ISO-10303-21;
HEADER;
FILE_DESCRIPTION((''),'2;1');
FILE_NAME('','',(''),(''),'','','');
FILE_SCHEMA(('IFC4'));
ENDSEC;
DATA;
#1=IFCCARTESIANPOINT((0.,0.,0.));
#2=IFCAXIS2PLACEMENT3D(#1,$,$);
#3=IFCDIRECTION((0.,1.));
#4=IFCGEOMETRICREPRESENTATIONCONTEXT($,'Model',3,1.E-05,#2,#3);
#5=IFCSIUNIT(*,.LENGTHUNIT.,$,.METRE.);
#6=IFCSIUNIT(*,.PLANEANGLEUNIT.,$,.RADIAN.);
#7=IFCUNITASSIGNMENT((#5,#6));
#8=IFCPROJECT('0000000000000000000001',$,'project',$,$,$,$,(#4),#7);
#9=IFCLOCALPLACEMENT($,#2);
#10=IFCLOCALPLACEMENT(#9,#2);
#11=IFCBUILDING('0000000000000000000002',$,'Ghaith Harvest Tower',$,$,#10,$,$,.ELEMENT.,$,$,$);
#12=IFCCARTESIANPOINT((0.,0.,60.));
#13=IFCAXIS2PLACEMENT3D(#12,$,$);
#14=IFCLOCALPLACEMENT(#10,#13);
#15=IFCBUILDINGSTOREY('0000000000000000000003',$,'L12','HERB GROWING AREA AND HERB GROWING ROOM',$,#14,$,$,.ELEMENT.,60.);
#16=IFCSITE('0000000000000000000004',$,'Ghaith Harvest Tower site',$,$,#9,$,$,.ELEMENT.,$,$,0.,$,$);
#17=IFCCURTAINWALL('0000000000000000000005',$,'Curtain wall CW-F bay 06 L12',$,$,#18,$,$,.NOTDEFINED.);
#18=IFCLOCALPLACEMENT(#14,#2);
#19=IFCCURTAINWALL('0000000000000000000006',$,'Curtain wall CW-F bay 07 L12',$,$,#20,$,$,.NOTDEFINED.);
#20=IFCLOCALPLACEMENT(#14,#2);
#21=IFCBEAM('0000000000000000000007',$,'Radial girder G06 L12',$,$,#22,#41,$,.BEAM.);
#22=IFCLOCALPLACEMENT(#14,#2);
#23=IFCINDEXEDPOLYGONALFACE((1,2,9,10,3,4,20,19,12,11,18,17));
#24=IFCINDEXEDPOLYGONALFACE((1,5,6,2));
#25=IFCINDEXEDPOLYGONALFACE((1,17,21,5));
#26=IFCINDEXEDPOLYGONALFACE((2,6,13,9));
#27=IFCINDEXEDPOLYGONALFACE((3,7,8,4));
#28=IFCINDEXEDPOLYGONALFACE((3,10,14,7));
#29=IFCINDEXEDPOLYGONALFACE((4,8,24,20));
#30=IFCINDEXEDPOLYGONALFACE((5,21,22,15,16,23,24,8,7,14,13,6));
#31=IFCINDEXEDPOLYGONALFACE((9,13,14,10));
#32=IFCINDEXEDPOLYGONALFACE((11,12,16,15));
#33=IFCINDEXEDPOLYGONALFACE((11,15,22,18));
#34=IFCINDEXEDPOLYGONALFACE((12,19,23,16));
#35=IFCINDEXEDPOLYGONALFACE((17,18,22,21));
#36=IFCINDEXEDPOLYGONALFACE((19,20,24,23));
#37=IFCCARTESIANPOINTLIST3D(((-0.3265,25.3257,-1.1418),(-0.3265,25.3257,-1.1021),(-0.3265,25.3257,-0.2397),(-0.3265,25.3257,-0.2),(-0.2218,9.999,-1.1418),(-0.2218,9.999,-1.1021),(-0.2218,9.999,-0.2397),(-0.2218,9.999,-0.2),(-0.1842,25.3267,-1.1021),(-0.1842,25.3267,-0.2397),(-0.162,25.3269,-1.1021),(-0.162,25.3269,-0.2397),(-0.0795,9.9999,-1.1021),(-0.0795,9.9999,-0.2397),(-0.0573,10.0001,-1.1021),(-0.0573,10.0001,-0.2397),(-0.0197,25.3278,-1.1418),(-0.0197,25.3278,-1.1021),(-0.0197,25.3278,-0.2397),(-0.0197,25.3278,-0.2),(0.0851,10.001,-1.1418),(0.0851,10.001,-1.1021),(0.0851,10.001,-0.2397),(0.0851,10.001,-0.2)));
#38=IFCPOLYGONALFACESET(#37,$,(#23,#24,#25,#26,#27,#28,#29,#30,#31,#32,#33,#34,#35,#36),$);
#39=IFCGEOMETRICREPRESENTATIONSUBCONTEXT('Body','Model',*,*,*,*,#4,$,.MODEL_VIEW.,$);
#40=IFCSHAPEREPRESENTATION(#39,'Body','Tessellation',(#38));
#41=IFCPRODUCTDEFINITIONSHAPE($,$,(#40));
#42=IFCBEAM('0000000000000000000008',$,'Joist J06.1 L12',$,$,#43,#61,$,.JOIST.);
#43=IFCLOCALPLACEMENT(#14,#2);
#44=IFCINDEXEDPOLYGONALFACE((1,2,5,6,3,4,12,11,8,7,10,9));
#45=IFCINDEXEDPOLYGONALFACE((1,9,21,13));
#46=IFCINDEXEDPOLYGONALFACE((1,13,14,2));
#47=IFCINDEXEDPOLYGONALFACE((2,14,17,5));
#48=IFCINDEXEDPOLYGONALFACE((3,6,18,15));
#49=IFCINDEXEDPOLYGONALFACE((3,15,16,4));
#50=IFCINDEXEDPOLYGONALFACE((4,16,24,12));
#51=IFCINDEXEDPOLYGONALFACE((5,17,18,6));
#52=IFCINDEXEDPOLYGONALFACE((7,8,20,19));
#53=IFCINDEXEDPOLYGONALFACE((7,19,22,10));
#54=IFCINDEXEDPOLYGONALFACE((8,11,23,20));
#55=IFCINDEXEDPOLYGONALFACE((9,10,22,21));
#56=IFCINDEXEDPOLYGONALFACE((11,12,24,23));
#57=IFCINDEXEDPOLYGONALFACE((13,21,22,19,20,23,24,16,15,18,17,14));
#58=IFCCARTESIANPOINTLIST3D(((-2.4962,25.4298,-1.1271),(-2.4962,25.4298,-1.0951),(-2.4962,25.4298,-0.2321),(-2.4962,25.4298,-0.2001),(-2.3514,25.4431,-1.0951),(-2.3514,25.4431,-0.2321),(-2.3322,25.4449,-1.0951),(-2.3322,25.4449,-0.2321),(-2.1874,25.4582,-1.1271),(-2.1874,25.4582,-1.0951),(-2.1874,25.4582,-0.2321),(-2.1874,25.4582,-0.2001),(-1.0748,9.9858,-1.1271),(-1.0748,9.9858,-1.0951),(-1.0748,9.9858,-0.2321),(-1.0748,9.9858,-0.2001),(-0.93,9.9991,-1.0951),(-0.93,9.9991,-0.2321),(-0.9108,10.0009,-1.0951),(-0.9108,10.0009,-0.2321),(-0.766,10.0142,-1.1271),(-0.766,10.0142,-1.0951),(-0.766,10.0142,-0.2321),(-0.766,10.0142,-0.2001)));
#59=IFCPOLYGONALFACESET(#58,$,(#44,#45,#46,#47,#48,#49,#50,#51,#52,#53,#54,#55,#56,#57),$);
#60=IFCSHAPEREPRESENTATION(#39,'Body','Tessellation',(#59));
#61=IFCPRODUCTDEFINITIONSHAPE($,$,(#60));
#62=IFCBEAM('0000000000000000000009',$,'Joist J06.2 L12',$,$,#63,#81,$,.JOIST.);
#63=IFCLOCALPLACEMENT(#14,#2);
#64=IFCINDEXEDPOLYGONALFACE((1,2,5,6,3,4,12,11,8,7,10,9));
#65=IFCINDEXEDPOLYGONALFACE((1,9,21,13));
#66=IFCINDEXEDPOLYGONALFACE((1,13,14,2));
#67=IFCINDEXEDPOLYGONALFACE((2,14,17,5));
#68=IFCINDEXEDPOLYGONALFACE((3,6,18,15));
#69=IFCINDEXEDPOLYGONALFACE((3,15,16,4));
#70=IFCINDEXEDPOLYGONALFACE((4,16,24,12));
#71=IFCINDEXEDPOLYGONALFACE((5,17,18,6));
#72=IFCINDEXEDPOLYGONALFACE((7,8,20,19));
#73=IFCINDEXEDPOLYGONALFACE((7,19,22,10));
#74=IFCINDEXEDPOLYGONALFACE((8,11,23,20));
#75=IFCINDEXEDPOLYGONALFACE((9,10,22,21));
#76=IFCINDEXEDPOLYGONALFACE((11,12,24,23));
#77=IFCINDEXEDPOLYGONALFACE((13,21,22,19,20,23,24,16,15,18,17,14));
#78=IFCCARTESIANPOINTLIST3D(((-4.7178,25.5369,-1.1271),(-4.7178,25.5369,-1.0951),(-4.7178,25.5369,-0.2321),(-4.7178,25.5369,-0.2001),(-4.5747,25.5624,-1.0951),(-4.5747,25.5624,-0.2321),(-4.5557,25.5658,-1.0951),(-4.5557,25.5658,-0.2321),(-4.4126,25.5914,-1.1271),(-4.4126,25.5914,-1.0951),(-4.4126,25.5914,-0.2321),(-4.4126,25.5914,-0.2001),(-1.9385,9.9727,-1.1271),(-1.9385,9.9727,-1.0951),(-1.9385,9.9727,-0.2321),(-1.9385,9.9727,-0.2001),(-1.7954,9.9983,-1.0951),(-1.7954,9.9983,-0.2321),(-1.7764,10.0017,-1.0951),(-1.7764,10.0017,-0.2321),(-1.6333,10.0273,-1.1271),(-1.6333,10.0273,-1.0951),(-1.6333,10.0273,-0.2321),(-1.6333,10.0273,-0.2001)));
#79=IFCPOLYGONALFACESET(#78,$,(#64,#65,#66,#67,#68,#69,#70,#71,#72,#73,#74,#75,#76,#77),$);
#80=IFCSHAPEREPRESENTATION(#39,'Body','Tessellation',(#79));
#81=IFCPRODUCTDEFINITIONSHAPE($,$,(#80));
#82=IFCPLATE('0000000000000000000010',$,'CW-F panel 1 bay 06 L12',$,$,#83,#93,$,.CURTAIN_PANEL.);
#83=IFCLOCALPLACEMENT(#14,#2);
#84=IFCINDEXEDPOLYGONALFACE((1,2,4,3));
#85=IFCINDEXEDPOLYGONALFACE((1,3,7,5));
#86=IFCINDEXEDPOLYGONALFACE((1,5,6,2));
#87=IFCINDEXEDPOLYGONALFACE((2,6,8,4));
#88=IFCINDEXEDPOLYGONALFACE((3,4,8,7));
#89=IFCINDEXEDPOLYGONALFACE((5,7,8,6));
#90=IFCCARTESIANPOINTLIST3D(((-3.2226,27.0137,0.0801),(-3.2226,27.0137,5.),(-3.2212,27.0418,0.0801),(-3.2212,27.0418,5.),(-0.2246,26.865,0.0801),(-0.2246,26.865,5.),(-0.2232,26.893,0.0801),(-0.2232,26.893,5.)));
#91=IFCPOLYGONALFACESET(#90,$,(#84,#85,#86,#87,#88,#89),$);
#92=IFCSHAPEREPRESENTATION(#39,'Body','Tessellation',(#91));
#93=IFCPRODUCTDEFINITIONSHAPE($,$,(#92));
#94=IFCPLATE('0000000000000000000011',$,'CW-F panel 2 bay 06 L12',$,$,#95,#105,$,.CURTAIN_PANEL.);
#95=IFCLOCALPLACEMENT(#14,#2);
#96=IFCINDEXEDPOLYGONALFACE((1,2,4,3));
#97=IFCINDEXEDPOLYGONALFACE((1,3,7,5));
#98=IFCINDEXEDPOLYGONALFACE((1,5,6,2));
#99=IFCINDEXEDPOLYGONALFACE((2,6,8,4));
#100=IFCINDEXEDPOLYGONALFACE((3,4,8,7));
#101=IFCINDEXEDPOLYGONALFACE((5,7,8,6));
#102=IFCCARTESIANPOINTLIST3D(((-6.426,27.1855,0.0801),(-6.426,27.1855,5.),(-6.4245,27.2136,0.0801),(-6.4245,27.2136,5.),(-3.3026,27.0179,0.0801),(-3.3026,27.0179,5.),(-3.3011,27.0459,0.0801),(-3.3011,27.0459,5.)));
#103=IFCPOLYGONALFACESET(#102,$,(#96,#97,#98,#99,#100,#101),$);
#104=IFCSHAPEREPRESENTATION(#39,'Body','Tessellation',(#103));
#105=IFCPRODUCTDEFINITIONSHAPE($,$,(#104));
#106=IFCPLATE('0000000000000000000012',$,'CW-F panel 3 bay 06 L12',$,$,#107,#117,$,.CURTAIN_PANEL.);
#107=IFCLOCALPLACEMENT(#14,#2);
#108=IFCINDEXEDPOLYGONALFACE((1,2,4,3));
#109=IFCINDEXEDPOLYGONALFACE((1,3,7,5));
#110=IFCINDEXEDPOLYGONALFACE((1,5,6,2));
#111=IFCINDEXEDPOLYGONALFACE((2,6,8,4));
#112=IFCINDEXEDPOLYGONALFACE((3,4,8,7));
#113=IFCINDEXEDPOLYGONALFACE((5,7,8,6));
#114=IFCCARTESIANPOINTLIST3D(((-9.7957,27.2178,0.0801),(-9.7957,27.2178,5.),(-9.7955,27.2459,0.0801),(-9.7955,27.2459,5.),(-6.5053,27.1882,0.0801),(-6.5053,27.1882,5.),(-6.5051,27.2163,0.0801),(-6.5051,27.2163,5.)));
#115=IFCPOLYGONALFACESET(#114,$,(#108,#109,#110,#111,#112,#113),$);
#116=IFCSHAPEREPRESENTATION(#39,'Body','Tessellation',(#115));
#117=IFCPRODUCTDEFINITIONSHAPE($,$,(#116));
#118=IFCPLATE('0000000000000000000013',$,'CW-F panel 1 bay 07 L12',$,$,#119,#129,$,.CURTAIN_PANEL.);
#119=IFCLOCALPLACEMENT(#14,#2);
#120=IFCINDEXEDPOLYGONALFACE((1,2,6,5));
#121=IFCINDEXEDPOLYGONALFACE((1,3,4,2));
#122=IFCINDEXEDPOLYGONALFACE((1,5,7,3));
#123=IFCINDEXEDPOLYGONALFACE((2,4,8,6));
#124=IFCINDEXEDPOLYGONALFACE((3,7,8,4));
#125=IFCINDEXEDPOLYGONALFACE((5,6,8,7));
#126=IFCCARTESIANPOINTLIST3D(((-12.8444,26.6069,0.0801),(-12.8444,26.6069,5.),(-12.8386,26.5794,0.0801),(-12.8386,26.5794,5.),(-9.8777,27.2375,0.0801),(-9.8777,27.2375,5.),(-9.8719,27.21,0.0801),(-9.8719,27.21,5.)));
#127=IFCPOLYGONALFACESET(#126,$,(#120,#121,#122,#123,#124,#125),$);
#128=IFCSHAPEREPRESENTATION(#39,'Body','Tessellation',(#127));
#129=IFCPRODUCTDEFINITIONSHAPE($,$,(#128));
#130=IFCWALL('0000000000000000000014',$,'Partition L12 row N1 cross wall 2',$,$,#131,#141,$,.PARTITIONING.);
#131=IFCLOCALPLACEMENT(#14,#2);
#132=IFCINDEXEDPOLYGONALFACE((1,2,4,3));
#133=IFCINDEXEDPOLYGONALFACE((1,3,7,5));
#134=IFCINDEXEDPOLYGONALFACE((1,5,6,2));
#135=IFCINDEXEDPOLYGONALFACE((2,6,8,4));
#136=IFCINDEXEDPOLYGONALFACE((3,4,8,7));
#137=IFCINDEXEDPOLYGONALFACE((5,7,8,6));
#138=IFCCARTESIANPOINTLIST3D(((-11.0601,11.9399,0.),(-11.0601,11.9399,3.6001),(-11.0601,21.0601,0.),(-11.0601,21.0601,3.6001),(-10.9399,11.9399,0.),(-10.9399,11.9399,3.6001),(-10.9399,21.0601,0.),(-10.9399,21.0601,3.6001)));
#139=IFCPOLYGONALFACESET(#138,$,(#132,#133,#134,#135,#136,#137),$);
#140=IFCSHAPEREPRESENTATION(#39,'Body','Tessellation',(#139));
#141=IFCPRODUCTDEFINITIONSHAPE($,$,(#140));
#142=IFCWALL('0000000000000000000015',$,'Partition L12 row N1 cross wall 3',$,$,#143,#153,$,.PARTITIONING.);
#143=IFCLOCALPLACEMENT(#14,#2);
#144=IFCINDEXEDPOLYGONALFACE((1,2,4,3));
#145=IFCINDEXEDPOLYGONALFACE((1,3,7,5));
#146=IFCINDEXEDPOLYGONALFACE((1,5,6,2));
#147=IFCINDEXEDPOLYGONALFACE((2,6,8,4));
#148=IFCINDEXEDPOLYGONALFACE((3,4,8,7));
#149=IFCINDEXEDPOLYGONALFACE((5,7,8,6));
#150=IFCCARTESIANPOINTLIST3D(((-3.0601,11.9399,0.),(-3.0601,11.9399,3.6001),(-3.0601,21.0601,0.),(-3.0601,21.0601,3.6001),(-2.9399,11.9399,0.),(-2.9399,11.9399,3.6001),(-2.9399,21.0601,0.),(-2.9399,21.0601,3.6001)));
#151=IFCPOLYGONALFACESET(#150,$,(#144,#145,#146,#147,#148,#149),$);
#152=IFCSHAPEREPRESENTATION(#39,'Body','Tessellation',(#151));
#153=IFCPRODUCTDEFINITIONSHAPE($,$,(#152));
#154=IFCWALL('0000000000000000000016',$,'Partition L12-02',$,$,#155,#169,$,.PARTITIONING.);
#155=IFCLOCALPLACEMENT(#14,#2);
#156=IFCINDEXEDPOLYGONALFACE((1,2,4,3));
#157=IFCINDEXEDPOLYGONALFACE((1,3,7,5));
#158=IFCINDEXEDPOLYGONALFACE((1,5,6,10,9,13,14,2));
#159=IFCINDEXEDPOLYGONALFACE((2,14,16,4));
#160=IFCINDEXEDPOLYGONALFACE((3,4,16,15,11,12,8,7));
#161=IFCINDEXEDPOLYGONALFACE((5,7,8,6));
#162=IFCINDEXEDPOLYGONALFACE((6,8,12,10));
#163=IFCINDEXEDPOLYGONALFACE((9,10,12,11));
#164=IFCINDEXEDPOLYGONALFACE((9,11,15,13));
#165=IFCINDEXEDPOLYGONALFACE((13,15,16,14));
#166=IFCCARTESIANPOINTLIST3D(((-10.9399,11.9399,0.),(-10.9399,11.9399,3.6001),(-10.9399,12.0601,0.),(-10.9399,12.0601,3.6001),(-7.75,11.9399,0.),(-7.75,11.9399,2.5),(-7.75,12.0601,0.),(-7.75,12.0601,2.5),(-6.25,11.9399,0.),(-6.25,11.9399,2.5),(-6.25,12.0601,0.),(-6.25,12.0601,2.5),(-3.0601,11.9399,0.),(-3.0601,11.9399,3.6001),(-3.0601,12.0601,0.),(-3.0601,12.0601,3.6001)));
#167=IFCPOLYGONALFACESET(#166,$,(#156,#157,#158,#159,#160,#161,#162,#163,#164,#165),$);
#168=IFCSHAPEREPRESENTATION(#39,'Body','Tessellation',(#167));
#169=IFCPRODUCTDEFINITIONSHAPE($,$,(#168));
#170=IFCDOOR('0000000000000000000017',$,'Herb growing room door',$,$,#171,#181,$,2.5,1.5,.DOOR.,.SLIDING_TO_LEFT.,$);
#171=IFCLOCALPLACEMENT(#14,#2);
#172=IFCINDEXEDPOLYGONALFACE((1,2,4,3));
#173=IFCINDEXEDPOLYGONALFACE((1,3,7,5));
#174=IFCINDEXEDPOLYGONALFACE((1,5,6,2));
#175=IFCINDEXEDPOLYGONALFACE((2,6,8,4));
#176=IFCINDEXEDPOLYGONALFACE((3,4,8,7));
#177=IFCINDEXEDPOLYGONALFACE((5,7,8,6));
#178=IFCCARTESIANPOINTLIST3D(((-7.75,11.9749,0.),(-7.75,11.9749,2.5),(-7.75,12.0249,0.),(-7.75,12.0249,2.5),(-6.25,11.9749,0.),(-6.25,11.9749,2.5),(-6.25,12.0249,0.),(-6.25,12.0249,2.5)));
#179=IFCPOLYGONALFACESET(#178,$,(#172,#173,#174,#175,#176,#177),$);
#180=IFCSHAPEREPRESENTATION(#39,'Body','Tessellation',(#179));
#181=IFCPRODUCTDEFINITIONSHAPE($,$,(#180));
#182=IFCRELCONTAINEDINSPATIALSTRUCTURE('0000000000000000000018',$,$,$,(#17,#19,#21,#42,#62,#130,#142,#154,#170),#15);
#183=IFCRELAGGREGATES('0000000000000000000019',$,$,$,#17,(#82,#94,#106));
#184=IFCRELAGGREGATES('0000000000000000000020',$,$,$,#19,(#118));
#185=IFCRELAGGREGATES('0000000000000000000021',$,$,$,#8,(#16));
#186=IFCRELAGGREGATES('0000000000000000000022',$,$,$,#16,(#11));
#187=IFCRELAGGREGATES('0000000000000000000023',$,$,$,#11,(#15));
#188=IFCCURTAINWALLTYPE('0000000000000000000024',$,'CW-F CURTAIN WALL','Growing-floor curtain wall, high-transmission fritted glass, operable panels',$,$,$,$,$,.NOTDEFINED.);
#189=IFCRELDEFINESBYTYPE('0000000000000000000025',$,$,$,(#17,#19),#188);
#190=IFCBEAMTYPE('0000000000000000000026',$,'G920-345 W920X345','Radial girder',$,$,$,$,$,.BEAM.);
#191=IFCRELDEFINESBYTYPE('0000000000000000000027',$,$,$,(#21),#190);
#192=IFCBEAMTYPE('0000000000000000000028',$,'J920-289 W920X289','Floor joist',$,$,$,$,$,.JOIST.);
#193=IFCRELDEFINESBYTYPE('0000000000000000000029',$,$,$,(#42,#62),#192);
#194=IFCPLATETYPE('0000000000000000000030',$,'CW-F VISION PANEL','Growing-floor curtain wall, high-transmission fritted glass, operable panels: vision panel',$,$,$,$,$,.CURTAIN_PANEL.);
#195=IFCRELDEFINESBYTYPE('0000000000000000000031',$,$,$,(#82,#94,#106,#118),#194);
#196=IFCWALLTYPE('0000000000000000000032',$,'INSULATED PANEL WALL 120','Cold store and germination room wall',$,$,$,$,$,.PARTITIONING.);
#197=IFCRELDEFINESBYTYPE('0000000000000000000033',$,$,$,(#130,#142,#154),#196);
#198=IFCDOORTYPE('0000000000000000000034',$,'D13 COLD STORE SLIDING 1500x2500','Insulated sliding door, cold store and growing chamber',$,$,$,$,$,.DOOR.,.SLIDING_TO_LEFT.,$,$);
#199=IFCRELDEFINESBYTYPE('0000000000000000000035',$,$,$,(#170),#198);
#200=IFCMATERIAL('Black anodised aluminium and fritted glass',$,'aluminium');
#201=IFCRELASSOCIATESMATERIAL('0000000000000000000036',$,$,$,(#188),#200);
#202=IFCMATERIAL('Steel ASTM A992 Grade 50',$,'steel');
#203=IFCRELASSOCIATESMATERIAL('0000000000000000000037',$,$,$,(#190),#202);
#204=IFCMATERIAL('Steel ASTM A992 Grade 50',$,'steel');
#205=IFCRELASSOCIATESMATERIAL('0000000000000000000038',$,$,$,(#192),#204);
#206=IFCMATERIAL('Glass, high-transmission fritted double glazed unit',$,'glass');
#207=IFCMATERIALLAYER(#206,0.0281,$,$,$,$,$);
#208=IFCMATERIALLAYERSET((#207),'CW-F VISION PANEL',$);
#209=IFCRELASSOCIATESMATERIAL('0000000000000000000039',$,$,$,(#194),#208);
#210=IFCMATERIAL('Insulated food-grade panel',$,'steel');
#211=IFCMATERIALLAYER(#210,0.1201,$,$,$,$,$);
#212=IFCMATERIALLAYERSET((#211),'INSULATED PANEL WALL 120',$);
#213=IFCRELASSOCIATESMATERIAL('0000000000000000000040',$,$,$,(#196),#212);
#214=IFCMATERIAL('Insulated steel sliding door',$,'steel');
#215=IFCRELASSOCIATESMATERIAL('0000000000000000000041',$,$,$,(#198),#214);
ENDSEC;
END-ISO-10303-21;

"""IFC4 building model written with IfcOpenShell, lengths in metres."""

from ifc_helpers import new_model, si_unit, direction, frame, frame_2d, origin, origin_2d, place, context, subcontext, project, spatial, rectangle, i_section, extrude, material, layer, layer_set, material_profile, profile_set, type_object, element, fill, aggregate, save


model = new_model("IFC4")

# Units and contexts
model_context = context("Model", 3, precision=1e-05, world=origin(), true_north=direction((0.0, 1.0)))
body_context = subcontext(model_context, "Body", "Model", "MODEL_VIEW")
ifc_project = project(units=[si_unit("LENGTHUNIT", "METRE"), si_unit("PLANEANGLEUNIT", "RADIAN")], contexts=[model_context])

# Site, building, storey
site_placement = place(None, origin())
site = spatial("IfcSite", under=ifc_project, at=site_placement, Name="Ghaith Harvest Tower site", CompositionType="ELEMENT", RefElevation=0.0)
building_placement = place(site_placement, origin())
building = spatial("IfcBuilding", under=site, at=building_placement, Name="Ghaith Harvest Tower", CompositionType="ELEMENT")
storey_placement = place(building_placement, frame((0.0, 0.0, 60.0)))
storey = spatial("IfcBuildingStorey", under=building, at=storey_placement, Name="L12", Description="HERB GROWING AREA AND HERB GROWING ROOM", CompositionType="ELEMENT", Elevation=60.0)

# Curtain walls
ifc_material_1 = material(Name="Black anodised aluminium and fritted glass", Category="aluminium")
curtain_wall_type = type_object("IfcCurtainWallType", Name="CW-F CURTAIN WALL", Description="Growing-floor curtain wall, high-transmission fritted glass, operable panels", PredefinedType="NOTDEFINED", material=ifc_material_1)
curtain_wall_1_placement = place(storey_placement, origin())
curtain_wall_1 = element("IfcCurtainWall", 1, at=curtain_wall_1_placement, inside=storey, type_object=curtain_wall_type, Name="Curtain wall CW-F bay 06 L12", PredefinedType="NOTDEFINED")
curtain_wall_2_placement = place(storey_placement, origin())
curtain_wall_2 = element("IfcCurtainWall", 2, at=curtain_wall_2_placement, inside=storey, type_object=curtain_wall_type, Name="Curtain wall CW-F bay 07 L12", PredefinedType="NOTDEFINED")

# Beams
ifc_material_2 = material(Name="Steel ASTM A992 Grade 50", Category="steel")
ifc_material_profile_1 = material_profile(ifc_material_2, i_section(OverallWidth=0.3069, OverallDepth=0.9419, WebThickness=0.0222, FlangeThickness=0.0398, at=origin_2d()), Name="W920X345")
ifc_profile_set_1 = profile_set([ifc_material_profile_1], Name="Steel ASTM A992 Grade 50")
beam_type_1 = type_object("IfcBeamType", Name="G920-345 W920X345", Description="Radial girder", PredefinedType="BEAM", material=ifc_profile_set_1)
beam_1_placement = place(storey_placement, frame((-0.0684, 10.0, -0.6709), z_axis=(-0.006833, 0.999977, 0.0), x_axis=(-0.999977, -0.006833, 0.0)))
element("IfcBeam", 3, at=beam_1_placement, inside=storey, type_object=beam_type_1, Name="Radial girder G06 L12", PredefinedType="BEAM", context=body_context, shape_type="SweptSolid", body=[
    extrude(i_section(OverallWidth=0.3069, OverallDepth=0.9419, WebThickness=0.0222, FlangeThickness=0.0398, at=origin_2d()), origin(), (0.0, 0.0, 1.0), 15.3271),
])
ifc_material_3 = material(Name="Steel ASTM A992 Grade 50", Category="steel")
ifc_material_profile_2 = material_profile(ifc_material_3, i_section(OverallWidth=0.3101, OverallDepth=0.927, WebThickness=0.0193, FlangeThickness=0.032, at=origin_2d()), Name="W920X289")
ifc_profile_set_2 = profile_set([ifc_material_profile_2], Name="Steel ASTM A992 Grade 50")
beam_type_2 = type_object("IfcBeamType", Name="J920-289 W920X289", Description="Floor joist", PredefinedType="JOIST", material=ifc_profile_set_2)
beam_2_placement = place(storey_placement, frame((-0.9204, 10.0, -0.6636), z_axis=(-0.091647, 0.995792, 0.0), x_axis=(-0.995792, -0.091647, 0.0)))
element("IfcBeam", 4, at=beam_2_placement, inside=storey, type_object=beam_type_2, Name="Joist J06.1 L12", PredefinedType="JOIST", context=body_context, shape_type="SweptSolid", body=[
    extrude(i_section(OverallWidth=0.3101, OverallDepth=0.927, WebThickness=0.0193, FlangeThickness=0.032, at=origin_2d()), origin(), (0.0, 0.0, 1.0), 15.5093),
])
beam_3_placement = place(storey_placement, frame((-1.7859, 10.0, -0.6636), z_axis=(-0.175789, 0.984428, 0.0), x_axis=(-0.984428, -0.175789, 0.0)))
element("IfcBeam", 5, at=beam_3_placement, inside=storey, type_object=beam_type_2, Name="Joist J06.2 L12", PredefinedType="JOIST", context=body_context, shape_type="SweptSolid", body=[
    extrude(i_section(OverallWidth=0.3101, OverallDepth=0.927, WebThickness=0.0193, FlangeThickness=0.032, at=origin_2d()), origin(), (0.0, 0.0, 1.0), 15.8103),
])

# Plates
ifc_material_4 = material(Name="Glass, high-transmission fritted double glazed unit", Category="glass")
ifc_layer_1 = layer(ifc_material_4, 0.0281)
ifc_layer_set_1 = layer_set([ifc_layer_1], Name="CW-F VISION PANEL")
plate_type = type_object("IfcPlateType", Name="CW-F VISION PANEL", Description="Growing-floor curtain wall, high-transmission fritted glass, operable panels: vision panel", PredefinedType="CURTAIN_PANEL", material=ifc_layer_set_1)
plate_1_placement = place(storey_placement, frame((-1.7229, 26.9534, 0.0801), z_axis=(0.0, 0.0, 1.0), x_axis=(-0.998771, 0.049554, 0.0)))
plate_1 = element("IfcPlate", 6, at=plate_1_placement, type_object=plate_type, Name="CW-F panel 1 bay 06 L12", PredefinedType="CURTAIN_PANEL", context=body_context, shape_type="SweptSolid", body=[
    extrude(rectangle(XDim=3.0017, YDim=0.0281, at=origin_2d()), origin(), (0.0, 0.0, 1.0), 4.9199),
])
plate_2_placement = place(storey_placement, frame((-4.8635, 27.1157, 0.0801), z_axis=(0.0, 0.0, 1.0), x_axis=(-0.998563, 0.0536, 0.0)))
plate_2 = element("IfcPlate", 7, at=plate_2_placement, type_object=plate_type, Name="CW-F panel 2 bay 06 L12", PredefinedType="CURTAIN_PANEL", context=body_context, shape_type="SweptSolid", body=[
    extrude(rectangle(XDim=3.1279, YDim=0.0281, at=origin_2d()), origin(), (0.0, 0.0, 1.0), 4.9199),
])
plate_3_placement = place(storey_placement, frame((-8.1504, 27.217, 0.0801), z_axis=(0.0, 0.0, 1.0), x_axis=(-0.99996, 0.008988, 0.0)))
plate_3 = element("IfcPlate", 8, at=plate_3_placement, type_object=plate_type, Name="CW-F panel 3 bay 06 L12", PredefinedType="CURTAIN_PANEL", context=body_context, shape_type="SweptSolid", body=[
    extrude(rectangle(XDim=3.2905, YDim=0.0281, at=origin_2d()), origin(), (0.0, 0.0, 1.0), 4.9199),
])
aggregate(curtain_wall_1, [plate_1, plate_2, plate_3])
plate_4_placement = place(storey_placement, frame((-11.3582, 26.9084, 0.0801), z_axis=(0.0, 0.0, 1.0), x_axis=(-0.978149, -0.207904, 0.0)))
plate_4 = element("IfcPlate", 9, at=plate_4_placement, type_object=plate_type, Name="CW-F panel 1 bay 07 L12", PredefinedType="CURTAIN_PANEL", context=body_context, shape_type="SweptSolid", body=[
    extrude(rectangle(XDim=3.033, YDim=0.0281, at=origin_2d()), origin(), (0.0, 0.0, 1.0), 4.9199),
])
aggregate(curtain_wall_2, [plate_4])

# Walls
ifc_material_5 = material(Name="Insulated food-grade panel", Category="steel")
ifc_layer_2 = layer(ifc_material_5, 0.1201)
ifc_layer_set_2 = layer_set([ifc_layer_2], Name="INSULATED PANEL WALL 120")
wall_type = type_object("IfcWallType", Name="INSULATED PANEL WALL 120", Description="Cold store and germination room wall", PredefinedType="PARTITIONING", material=ifc_layer_set_2)
for number, where, z_axis, x_axis, name in (
    (10, (-11.0, 11.9399, 0.0), (0.0, 0.0, 1.0), (0.0, 1.0, 0.0), "Partition L12 row N1 cross wall 2"),
    (11, (-3.0, 11.9399, 0.0), (0.0, 0.0, 1.0), (0.0, 1.0, 0.0), "Partition L12 row N1 cross wall 3"),
):
    element("IfcWall", number, at=place(storey_placement, frame(where, z_axis=z_axis, x_axis=x_axis)), inside=storey, type_object=wall_type, Name=name, PredefinedType="PARTITIONING", context=body_context, shape_type="SweptSolid", body=[
        extrude(rectangle(XDim=9.1201, YDim=0.1201, at=frame_2d((4.5601, 0.0))), origin(), (0.0, 0.0, 1.0), 3.6001),
    ])

# Wall, opening, door
wall_1_placement = place(storey_placement, frame((-10.9399, 12.0, 0.0), z_axis=(0.0, 0.0, 1.0), x_axis=(1.0, 0.0, 0.0)))
wall_1 = element("IfcWall", 12, at=wall_1_placement, inside=storey, type_object=wall_type, Name="Partition L12-02", PredefinedType="PARTITIONING", context=body_context, shape_type="SweptSolid", body=[
    extrude(rectangle(XDim=7.8799, YDim=0.1201, at=frame_2d((3.9399, 0.0))), origin(), (0.0, 0.0, 1.0), 3.6001),
])
opening_1_placement = place(wall_1_placement, frame((3.1899, 0.0, 0.0)))
opening_1 = element("IfcOpeningElement", 13, at=opening_1_placement, cuts=wall_1, PredefinedType="OPENING", context=body_context, shape_type="SweptSolid", body=[
    extrude(rectangle(XDim=1.5, YDim=2.5, at=frame_2d((0.75, 1.25))), frame((0.0, 0.0701, 0.0), z_axis=(0.0, -1.0, 0.0), x_axis=(1.0, 0.0, 0.0)), (0.0, 0.0, 1.0), 0.1401),
])
ifc_material_6 = material(Name="Insulated steel sliding door", Category="steel")
door_type = type_object("IfcDoorType", Name="D13 COLD STORE SLIDING 1500x2500", Description="Insulated sliding door, cold store and growing chamber", OperationType="SLIDING_TO_LEFT", PredefinedType="DOOR", material=ifc_material_6)
door_1_placement = place(opening_1_placement, origin())
door_1 = element("IfcDoor", 14, at=door_1_placement, inside=storey, type_object=door_type, Name="Herb growing room door", OperationType="SLIDING_TO_LEFT", OverallHeight=2.5, OverallWidth=1.5, PredefinedType="DOOR", context=body_context, shape_type="SweptSolid", body=[
    extrude(rectangle(XDim=1.5, YDim=2.5, at=frame_2d((0.75, 1.25))), frame((0.0, 0.0249, 0.0), z_axis=(0.0, -1.0, 0.0), x_axis=(1.0, 0.0, 0.0)), (0.0, 0.0, 1.0), 0.05),
])
fill(opening_1, door_1)

save(model, "model.ifc")
